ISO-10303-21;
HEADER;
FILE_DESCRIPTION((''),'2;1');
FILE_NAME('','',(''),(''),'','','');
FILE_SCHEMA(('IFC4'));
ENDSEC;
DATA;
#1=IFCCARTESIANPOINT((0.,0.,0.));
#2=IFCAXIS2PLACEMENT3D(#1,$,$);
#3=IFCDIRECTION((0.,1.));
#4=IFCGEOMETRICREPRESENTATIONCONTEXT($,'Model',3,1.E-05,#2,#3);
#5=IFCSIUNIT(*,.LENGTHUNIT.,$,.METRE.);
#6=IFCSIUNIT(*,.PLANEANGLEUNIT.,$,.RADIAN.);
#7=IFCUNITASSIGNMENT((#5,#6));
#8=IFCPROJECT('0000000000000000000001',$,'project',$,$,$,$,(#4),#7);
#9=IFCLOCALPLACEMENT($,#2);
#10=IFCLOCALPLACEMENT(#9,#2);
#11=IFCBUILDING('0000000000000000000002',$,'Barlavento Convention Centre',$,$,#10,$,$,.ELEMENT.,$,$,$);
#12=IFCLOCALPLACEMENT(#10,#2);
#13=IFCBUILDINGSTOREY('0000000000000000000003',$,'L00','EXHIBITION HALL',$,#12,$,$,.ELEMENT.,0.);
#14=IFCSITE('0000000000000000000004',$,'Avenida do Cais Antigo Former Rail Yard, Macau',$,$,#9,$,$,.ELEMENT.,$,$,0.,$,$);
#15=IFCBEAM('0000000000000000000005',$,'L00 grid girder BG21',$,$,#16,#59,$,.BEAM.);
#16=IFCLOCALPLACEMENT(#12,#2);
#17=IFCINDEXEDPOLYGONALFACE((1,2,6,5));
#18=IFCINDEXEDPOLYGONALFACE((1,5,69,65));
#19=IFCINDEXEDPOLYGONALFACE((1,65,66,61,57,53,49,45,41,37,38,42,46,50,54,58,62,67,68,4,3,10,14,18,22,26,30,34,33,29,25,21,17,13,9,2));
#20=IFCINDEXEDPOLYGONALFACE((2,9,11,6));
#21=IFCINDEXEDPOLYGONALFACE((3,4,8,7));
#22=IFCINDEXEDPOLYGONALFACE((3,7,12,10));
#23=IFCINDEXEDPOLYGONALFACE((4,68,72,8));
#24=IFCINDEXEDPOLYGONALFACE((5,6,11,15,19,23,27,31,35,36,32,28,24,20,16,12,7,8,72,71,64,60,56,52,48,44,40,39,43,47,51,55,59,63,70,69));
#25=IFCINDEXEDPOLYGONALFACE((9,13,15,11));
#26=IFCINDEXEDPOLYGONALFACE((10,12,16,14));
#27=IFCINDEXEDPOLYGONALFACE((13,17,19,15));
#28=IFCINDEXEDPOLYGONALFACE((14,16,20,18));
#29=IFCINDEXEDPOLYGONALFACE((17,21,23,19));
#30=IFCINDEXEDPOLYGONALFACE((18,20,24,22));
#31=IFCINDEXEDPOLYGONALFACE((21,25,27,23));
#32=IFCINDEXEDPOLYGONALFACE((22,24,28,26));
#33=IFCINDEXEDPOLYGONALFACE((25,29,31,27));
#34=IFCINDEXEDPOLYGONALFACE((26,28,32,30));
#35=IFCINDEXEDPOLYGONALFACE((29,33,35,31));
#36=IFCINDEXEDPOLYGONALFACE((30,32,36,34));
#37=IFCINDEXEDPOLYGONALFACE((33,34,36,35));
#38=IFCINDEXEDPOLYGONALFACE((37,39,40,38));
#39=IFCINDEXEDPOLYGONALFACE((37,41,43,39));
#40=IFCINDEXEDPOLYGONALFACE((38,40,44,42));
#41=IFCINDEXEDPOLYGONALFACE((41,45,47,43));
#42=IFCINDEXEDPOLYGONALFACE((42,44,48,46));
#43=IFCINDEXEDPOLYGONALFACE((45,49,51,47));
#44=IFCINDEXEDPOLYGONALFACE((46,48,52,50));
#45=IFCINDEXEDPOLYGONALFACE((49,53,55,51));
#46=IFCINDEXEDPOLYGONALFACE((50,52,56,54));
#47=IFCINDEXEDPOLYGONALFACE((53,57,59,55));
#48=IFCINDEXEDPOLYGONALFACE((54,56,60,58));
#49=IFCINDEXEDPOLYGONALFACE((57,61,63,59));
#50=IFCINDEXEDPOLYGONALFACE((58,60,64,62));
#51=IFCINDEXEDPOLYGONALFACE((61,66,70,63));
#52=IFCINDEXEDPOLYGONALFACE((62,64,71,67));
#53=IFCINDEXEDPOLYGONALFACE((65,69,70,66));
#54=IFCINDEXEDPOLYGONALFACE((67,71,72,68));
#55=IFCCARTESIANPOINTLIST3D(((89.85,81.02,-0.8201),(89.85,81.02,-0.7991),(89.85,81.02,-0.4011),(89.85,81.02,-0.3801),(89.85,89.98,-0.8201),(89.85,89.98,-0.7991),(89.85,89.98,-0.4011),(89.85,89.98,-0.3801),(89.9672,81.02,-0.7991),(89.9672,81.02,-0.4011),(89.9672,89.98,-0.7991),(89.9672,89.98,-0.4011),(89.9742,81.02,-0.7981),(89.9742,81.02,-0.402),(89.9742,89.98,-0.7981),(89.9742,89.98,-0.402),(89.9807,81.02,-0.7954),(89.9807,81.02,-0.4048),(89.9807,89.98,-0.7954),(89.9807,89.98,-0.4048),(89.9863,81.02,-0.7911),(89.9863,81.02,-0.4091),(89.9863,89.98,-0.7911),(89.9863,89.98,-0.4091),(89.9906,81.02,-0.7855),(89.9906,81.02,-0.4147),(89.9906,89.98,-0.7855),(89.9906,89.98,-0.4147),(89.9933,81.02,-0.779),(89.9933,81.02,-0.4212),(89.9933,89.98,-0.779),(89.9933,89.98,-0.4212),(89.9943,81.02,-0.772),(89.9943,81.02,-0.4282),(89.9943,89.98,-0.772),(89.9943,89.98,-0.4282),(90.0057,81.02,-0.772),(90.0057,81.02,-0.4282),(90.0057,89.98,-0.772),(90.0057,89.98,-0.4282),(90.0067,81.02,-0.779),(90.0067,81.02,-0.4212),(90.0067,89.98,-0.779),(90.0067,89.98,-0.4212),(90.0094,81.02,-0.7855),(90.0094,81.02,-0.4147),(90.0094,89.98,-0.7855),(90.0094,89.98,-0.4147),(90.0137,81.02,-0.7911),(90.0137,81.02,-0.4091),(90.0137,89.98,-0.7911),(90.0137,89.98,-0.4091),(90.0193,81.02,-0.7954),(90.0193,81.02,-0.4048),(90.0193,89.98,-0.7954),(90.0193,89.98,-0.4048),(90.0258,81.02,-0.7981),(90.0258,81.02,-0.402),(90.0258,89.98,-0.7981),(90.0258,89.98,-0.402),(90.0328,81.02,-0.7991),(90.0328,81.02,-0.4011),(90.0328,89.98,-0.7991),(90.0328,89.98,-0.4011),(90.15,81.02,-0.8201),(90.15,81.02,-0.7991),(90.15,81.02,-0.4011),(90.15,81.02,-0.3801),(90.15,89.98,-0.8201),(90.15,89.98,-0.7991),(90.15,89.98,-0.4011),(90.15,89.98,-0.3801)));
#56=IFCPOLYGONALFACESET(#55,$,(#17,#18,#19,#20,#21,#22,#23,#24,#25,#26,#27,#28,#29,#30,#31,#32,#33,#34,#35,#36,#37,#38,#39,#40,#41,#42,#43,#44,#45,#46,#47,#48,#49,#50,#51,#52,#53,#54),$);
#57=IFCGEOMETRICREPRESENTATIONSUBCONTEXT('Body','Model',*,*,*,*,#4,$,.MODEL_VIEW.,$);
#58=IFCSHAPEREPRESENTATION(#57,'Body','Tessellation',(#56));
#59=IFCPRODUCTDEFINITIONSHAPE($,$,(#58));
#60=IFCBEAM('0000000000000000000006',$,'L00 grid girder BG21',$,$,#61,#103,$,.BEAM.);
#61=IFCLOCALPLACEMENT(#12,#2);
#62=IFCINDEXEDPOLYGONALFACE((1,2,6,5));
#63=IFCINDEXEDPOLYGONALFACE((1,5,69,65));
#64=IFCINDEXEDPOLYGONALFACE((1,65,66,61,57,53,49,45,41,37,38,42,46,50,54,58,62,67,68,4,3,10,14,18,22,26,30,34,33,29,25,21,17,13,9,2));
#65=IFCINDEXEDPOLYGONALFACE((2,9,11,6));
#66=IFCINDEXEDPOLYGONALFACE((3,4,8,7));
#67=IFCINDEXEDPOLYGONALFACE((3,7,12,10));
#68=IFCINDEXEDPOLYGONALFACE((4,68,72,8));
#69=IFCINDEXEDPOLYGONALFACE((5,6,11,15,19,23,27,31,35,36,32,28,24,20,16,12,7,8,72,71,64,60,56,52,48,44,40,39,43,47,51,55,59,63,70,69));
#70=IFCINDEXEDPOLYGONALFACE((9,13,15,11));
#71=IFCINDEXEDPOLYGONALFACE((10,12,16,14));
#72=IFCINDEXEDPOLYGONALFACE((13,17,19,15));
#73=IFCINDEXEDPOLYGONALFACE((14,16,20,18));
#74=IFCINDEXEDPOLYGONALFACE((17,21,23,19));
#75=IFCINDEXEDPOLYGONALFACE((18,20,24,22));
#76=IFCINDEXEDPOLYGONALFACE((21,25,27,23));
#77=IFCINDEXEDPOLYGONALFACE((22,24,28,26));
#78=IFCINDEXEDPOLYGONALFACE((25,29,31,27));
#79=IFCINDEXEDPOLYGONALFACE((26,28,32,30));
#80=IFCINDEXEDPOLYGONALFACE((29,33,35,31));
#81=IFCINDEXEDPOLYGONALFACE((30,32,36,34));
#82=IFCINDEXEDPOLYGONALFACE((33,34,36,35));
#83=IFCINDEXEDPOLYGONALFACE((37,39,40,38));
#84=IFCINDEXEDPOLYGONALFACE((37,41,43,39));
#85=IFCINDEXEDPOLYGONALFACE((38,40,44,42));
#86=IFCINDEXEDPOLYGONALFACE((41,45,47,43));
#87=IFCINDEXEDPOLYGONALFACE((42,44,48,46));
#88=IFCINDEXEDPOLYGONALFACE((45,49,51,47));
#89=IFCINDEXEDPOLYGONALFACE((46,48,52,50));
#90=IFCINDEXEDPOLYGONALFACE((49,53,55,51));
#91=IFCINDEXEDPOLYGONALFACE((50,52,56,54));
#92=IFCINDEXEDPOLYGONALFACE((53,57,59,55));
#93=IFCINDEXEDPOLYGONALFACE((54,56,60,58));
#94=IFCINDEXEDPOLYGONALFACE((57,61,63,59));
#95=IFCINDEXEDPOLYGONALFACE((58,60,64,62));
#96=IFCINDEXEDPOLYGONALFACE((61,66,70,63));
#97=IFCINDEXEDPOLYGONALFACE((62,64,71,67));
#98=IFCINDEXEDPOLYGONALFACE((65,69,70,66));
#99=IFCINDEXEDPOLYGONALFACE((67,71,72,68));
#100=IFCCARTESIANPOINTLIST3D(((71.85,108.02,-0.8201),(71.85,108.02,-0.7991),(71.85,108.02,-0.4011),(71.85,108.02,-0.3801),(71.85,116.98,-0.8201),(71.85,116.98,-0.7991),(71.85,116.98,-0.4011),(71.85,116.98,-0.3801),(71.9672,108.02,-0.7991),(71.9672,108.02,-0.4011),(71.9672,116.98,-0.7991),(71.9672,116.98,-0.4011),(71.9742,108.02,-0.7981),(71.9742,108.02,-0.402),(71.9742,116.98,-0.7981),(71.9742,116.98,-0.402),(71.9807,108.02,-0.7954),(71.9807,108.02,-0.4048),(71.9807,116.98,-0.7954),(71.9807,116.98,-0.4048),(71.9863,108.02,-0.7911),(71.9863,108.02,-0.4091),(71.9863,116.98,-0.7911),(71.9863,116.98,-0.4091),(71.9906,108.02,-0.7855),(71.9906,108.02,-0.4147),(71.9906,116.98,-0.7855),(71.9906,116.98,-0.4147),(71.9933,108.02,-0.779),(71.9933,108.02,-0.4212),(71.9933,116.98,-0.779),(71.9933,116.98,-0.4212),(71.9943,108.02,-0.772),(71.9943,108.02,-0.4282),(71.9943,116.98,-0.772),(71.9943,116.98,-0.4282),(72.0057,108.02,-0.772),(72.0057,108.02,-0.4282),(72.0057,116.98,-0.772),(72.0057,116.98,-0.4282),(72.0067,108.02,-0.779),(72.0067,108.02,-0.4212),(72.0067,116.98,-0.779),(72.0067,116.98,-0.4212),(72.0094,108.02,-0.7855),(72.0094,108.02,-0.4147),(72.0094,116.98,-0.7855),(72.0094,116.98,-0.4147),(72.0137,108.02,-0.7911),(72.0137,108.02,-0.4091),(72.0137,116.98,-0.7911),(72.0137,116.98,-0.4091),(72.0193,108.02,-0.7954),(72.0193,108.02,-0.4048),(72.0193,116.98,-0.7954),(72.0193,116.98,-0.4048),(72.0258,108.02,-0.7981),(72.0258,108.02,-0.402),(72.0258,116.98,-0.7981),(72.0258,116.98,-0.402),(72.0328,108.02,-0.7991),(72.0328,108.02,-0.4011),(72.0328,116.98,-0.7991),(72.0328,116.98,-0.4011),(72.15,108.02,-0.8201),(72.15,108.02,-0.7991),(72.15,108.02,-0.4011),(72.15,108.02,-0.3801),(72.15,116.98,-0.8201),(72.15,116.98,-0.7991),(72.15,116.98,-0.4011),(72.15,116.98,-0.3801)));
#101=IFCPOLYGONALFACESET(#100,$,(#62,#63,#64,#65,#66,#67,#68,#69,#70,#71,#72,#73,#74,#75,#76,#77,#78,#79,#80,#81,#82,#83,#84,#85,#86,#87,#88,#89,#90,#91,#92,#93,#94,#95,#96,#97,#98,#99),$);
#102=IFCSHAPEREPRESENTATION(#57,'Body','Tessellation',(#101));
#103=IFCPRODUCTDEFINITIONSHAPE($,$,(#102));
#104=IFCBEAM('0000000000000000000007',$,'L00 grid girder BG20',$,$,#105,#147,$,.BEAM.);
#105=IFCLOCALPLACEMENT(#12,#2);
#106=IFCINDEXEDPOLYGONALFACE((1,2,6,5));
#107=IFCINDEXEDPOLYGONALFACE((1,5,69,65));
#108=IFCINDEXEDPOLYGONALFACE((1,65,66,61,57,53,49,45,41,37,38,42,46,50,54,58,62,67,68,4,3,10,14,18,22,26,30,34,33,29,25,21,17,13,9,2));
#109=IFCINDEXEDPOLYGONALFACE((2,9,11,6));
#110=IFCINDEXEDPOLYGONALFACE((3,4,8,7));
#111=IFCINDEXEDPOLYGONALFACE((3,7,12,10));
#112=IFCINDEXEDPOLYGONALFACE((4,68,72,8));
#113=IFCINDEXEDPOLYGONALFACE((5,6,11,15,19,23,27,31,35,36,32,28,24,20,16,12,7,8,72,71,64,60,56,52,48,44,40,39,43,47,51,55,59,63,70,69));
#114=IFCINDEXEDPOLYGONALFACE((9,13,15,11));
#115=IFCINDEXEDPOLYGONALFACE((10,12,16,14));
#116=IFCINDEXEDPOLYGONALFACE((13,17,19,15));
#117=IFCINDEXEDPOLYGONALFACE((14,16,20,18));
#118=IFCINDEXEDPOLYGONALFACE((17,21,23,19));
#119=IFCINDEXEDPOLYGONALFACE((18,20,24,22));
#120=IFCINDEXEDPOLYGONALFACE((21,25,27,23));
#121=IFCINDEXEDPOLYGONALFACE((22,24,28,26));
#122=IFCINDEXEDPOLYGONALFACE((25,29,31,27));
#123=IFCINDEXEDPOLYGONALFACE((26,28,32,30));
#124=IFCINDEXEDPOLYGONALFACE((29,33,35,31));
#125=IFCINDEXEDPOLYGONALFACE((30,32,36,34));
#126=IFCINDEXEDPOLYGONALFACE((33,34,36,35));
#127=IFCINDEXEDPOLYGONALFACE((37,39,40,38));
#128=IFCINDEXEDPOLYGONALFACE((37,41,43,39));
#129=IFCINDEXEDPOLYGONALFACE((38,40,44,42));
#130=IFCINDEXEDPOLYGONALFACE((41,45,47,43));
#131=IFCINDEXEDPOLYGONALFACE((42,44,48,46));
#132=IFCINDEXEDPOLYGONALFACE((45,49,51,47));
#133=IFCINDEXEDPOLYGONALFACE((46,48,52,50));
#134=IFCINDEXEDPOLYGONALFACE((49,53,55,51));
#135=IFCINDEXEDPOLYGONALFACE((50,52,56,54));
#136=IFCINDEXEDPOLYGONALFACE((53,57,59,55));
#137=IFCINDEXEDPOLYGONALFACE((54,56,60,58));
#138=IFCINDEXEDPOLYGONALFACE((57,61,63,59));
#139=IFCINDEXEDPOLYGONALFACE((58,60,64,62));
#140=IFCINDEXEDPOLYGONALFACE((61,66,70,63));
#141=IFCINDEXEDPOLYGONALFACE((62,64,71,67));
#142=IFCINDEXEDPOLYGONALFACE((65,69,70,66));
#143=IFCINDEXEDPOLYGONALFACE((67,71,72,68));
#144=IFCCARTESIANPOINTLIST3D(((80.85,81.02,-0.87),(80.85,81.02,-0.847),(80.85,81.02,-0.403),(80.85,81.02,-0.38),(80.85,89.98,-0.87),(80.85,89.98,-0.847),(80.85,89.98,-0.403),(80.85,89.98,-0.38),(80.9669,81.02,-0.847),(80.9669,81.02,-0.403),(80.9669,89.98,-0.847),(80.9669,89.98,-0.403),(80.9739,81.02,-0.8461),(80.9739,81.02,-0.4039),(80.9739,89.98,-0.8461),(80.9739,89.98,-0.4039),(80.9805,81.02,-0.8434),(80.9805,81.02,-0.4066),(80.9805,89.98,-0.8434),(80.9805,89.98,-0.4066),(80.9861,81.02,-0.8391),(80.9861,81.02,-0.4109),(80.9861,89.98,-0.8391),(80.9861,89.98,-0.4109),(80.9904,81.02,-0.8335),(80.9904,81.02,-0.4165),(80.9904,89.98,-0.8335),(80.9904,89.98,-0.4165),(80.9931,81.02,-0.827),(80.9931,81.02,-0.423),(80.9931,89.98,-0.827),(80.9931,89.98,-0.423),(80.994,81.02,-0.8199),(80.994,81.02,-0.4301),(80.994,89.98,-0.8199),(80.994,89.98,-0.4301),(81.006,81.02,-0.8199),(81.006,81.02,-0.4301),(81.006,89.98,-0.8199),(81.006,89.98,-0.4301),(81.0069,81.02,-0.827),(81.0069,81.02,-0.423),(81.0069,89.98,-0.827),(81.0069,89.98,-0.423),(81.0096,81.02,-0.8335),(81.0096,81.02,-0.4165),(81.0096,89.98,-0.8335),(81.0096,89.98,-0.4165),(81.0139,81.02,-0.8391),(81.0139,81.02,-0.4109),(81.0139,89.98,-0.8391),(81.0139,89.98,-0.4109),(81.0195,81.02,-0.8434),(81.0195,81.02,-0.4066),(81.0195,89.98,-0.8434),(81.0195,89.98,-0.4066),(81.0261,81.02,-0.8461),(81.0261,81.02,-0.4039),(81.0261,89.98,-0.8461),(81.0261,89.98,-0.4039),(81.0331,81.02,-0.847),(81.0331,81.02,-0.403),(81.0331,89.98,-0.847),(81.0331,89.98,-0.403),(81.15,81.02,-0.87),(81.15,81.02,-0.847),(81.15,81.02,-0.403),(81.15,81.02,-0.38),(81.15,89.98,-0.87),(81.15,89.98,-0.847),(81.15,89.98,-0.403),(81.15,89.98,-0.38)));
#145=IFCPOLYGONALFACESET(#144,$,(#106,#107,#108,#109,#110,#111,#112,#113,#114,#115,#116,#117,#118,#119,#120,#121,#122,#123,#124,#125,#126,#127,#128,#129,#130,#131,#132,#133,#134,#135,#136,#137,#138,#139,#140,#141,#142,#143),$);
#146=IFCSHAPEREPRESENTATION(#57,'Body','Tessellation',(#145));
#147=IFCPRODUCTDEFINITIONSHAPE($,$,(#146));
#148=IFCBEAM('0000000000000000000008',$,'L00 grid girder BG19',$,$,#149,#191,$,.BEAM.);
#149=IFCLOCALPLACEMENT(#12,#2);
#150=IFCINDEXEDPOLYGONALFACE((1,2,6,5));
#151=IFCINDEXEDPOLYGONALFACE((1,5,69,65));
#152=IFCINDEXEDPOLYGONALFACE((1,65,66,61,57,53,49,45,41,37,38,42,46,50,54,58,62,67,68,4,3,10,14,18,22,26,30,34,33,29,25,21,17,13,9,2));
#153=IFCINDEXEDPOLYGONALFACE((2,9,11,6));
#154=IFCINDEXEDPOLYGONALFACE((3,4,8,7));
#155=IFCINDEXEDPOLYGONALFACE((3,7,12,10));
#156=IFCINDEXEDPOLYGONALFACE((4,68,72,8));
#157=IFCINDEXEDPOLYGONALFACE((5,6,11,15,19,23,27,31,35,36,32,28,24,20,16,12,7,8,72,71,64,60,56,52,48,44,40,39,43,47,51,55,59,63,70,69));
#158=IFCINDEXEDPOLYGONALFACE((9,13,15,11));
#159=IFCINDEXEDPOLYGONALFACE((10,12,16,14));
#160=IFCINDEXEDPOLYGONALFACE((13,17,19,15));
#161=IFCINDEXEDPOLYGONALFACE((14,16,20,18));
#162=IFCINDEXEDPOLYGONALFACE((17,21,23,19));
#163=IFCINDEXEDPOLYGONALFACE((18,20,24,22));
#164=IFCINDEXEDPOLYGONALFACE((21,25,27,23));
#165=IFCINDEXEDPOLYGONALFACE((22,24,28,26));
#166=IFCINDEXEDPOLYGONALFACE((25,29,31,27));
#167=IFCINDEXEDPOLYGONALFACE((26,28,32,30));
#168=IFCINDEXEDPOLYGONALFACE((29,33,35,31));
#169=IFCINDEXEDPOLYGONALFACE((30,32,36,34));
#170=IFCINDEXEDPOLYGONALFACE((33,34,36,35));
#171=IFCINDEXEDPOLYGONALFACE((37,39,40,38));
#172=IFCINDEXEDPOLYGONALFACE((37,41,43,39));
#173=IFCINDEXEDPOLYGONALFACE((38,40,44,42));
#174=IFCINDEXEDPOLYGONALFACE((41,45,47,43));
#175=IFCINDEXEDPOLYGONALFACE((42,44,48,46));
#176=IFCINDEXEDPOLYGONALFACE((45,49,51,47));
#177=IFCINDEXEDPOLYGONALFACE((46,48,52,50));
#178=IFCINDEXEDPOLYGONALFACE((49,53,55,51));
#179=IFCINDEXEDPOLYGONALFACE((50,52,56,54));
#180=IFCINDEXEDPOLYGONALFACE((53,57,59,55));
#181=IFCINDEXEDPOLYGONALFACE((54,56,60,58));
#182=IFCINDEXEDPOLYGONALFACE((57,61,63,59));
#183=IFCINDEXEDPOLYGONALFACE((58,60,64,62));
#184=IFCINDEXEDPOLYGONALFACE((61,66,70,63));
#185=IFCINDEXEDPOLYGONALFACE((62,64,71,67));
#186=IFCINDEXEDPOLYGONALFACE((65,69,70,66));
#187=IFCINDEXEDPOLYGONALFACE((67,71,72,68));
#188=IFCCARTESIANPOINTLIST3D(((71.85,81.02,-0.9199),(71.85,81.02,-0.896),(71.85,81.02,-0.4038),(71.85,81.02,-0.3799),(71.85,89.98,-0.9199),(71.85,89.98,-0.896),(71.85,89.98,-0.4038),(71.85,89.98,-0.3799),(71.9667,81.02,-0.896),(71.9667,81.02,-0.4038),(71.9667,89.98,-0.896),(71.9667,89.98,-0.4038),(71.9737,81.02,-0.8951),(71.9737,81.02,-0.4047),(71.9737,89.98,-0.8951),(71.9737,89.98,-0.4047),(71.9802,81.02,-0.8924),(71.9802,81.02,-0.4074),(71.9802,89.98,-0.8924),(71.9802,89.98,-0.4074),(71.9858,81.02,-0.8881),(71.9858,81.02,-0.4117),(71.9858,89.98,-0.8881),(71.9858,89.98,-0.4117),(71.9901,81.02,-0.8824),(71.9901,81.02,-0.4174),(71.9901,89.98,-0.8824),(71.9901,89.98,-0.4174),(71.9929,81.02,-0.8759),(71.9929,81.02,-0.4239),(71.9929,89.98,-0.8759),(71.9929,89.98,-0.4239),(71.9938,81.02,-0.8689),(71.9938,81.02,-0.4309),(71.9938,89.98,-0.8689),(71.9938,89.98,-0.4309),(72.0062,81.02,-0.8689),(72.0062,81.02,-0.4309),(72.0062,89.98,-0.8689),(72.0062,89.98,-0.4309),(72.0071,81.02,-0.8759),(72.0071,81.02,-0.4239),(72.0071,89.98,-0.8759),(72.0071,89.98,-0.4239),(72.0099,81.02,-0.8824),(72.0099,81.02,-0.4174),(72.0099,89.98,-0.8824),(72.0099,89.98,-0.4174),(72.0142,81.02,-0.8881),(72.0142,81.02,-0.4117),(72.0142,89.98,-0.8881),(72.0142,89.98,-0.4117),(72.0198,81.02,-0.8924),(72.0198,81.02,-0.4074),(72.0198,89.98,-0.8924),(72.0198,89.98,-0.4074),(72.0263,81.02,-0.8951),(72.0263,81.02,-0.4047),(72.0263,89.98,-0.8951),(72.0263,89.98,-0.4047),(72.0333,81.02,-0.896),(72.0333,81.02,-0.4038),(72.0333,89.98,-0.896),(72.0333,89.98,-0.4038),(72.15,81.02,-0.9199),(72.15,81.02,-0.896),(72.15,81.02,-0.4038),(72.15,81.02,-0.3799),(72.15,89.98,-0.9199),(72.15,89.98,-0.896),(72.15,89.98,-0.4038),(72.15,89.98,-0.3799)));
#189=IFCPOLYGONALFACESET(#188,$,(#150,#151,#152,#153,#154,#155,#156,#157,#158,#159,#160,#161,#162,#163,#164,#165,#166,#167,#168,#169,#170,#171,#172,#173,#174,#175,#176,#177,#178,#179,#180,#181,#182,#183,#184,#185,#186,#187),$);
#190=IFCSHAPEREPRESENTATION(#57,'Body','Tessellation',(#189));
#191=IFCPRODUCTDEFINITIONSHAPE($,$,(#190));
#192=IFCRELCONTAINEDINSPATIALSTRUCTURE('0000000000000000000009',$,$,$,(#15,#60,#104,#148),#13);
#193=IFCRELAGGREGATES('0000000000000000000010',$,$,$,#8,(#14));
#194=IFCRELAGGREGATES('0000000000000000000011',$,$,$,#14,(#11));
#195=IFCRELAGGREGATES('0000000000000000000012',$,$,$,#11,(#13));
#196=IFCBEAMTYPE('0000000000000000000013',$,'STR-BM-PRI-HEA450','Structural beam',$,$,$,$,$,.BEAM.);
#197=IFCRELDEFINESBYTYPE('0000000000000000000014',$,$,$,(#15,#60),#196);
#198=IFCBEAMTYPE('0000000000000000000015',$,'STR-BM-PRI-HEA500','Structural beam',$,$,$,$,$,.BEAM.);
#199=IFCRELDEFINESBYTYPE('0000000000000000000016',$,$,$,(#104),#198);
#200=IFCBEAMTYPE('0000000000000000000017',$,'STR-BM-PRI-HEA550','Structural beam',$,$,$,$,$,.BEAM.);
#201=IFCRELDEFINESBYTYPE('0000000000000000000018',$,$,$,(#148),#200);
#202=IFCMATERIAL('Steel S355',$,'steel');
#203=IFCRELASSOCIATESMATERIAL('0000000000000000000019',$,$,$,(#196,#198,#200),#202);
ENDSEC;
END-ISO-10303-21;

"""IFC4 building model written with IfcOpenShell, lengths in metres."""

from ifc_helpers import new_model, si_unit, direction, frame, origin, origin_2d, place, context, subcontext, project, spatial, i_section, extrude, material, material_profile, profile_set, type_object, element, save


model = new_model("IFC4")

# Units and contexts
model_context = context("Model", 3, precision=1e-05, world=origin(), true_north=direction((0.0, 1.0)))
body_context = subcontext(model_context, "Body", "Model", "MODEL_VIEW")
ifc_project = project(units=[si_unit("LENGTHUNIT", "METRE"), si_unit("PLANEANGLEUNIT", "RADIAN")], contexts=[model_context])

# Site, building, storey
site_placement = place(None, origin())
site = spatial("IfcSite", under=ifc_project, at=site_placement, Name="Avenida do Cais Antigo Former Rail Yard, Macau", CompositionType="ELEMENT", RefElevation=0.0)
building_placement = place(site_placement, origin())
building = spatial("IfcBuilding", under=site, at=building_placement, Name="Barlavento Convention Centre", CompositionType="ELEMENT")
storey_placement = place(building_placement, origin())
storey = spatial("IfcBuildingStorey", under=building, at=storey_placement, Name="L00", Description="EXHIBITION HALL", CompositionType="ELEMENT", Elevation=0.0)

# Beams
ifc_material = material(Name="Steel S355", Category="steel")
ifc_material_profile_1 = material_profile(ifc_material, i_section(OverallWidth=0.3, OverallDepth=0.4399, WebThickness=0.0115, FlangeThickness=0.021, FilletRadius=0.0271, at=origin_2d()), Name="HEA 450")
ifc_profile_set_1 = profile_set([ifc_material_profile_1], Name="Steel S355")
beam_type_1 = type_object("IfcBeamType", Name="STR-BM-PRI-HEA450", Description="Structural beam", PredefinedType="BEAM", material=ifc_profile_set_1)
for number, where, z_axis, x_axis, name in (
    (1, (90.0, 81.02, -0.6001), (0.0, 1.0, 0.0), (-1.0, 0.0, 0.0), "L00 grid girder BG21"),
    (2, (72.0, 108.02, -0.6001), (0.0, 1.0, 0.0), (-1.0, 0.0, 0.0), "L00 grid girder BG21"),
):
    element("IfcBeam", number, at=place(storey_placement, frame(where, z_axis=z_axis, x_axis=x_axis)), inside=storey, type_object=beam_type_1, Name=name, PredefinedType="BEAM", context=body_context, shape_type="SweptSolid", body=[
        extrude(i_section(OverallWidth=0.3, OverallDepth=0.4399, WebThickness=0.0115, FlangeThickness=0.021, FilletRadius=0.0271, at=origin_2d()), origin(), (0.0, 0.0, 1.0), 8.96),
    ])
ifc_material_profile_2 = material_profile(ifc_material, i_section(OverallWidth=0.3, OverallDepth=0.49, WebThickness=0.012, FlangeThickness=0.0229, FilletRadius=0.0271, at=origin_2d()), Name="HEA 500")
ifc_profile_set_2 = profile_set([ifc_material_profile_2], Name="Steel S355")
beam_type_2 = type_object("IfcBeamType", Name="STR-BM-PRI-HEA500", Description="Structural beam", PredefinedType="BEAM", material=ifc_profile_set_2)
beam_1_placement = place(storey_placement, frame((81.0, 81.02, -0.625), z_axis=(0.0, 1.0, 0.0), x_axis=(-1.0, 0.0, 0.0)))
element("IfcBeam", 3, at=beam_1_placement, inside=storey, type_object=beam_type_2, Name="L00 grid girder BG20", PredefinedType="BEAM", context=body_context, shape_type="SweptSolid", body=[
    extrude(i_section(OverallWidth=0.3, OverallDepth=0.49, WebThickness=0.012, FlangeThickness=0.0229, FilletRadius=0.0271, at=origin_2d()), origin(), (0.0, 0.0, 1.0), 8.96),
])
ifc_material_profile_3 = material_profile(ifc_material, i_section(OverallWidth=0.3, OverallDepth=0.54, WebThickness=0.0125, FlangeThickness=0.0239, FilletRadius=0.0271, at=origin_2d()), Name="HEA 550")
ifc_profile_set_3 = profile_set([ifc_material_profile_3], Name="Steel S355")
beam_type_3 = type_object("IfcBeamType", Name="STR-BM-PRI-HEA550", Description="Structural beam", PredefinedType="BEAM", material=ifc_profile_set_3)
for number, where, z_axis, x_axis, name in (
    (4, (72.0, 81.02, -0.6499), (0.0, 1.0, 0.0), (-1.0, 0.0, 0.0), "L00 grid girder BG19"),
):
    element("IfcBeam", number, at=place(storey_placement, frame(where, z_axis=z_axis, x_axis=x_axis)), inside=storey, type_object=beam_type_3, Name=name, PredefinedType="BEAM", context=body_context, shape_type="SweptSolid", body=[
        extrude(i_section(OverallWidth=0.3, OverallDepth=0.54, WebThickness=0.0125, FlangeThickness=0.0239, FilletRadius=0.0271, at=origin_2d()), origin(), (0.0, 0.0, 1.0), 8.96),
    ])

save(model, "model.ifc")
